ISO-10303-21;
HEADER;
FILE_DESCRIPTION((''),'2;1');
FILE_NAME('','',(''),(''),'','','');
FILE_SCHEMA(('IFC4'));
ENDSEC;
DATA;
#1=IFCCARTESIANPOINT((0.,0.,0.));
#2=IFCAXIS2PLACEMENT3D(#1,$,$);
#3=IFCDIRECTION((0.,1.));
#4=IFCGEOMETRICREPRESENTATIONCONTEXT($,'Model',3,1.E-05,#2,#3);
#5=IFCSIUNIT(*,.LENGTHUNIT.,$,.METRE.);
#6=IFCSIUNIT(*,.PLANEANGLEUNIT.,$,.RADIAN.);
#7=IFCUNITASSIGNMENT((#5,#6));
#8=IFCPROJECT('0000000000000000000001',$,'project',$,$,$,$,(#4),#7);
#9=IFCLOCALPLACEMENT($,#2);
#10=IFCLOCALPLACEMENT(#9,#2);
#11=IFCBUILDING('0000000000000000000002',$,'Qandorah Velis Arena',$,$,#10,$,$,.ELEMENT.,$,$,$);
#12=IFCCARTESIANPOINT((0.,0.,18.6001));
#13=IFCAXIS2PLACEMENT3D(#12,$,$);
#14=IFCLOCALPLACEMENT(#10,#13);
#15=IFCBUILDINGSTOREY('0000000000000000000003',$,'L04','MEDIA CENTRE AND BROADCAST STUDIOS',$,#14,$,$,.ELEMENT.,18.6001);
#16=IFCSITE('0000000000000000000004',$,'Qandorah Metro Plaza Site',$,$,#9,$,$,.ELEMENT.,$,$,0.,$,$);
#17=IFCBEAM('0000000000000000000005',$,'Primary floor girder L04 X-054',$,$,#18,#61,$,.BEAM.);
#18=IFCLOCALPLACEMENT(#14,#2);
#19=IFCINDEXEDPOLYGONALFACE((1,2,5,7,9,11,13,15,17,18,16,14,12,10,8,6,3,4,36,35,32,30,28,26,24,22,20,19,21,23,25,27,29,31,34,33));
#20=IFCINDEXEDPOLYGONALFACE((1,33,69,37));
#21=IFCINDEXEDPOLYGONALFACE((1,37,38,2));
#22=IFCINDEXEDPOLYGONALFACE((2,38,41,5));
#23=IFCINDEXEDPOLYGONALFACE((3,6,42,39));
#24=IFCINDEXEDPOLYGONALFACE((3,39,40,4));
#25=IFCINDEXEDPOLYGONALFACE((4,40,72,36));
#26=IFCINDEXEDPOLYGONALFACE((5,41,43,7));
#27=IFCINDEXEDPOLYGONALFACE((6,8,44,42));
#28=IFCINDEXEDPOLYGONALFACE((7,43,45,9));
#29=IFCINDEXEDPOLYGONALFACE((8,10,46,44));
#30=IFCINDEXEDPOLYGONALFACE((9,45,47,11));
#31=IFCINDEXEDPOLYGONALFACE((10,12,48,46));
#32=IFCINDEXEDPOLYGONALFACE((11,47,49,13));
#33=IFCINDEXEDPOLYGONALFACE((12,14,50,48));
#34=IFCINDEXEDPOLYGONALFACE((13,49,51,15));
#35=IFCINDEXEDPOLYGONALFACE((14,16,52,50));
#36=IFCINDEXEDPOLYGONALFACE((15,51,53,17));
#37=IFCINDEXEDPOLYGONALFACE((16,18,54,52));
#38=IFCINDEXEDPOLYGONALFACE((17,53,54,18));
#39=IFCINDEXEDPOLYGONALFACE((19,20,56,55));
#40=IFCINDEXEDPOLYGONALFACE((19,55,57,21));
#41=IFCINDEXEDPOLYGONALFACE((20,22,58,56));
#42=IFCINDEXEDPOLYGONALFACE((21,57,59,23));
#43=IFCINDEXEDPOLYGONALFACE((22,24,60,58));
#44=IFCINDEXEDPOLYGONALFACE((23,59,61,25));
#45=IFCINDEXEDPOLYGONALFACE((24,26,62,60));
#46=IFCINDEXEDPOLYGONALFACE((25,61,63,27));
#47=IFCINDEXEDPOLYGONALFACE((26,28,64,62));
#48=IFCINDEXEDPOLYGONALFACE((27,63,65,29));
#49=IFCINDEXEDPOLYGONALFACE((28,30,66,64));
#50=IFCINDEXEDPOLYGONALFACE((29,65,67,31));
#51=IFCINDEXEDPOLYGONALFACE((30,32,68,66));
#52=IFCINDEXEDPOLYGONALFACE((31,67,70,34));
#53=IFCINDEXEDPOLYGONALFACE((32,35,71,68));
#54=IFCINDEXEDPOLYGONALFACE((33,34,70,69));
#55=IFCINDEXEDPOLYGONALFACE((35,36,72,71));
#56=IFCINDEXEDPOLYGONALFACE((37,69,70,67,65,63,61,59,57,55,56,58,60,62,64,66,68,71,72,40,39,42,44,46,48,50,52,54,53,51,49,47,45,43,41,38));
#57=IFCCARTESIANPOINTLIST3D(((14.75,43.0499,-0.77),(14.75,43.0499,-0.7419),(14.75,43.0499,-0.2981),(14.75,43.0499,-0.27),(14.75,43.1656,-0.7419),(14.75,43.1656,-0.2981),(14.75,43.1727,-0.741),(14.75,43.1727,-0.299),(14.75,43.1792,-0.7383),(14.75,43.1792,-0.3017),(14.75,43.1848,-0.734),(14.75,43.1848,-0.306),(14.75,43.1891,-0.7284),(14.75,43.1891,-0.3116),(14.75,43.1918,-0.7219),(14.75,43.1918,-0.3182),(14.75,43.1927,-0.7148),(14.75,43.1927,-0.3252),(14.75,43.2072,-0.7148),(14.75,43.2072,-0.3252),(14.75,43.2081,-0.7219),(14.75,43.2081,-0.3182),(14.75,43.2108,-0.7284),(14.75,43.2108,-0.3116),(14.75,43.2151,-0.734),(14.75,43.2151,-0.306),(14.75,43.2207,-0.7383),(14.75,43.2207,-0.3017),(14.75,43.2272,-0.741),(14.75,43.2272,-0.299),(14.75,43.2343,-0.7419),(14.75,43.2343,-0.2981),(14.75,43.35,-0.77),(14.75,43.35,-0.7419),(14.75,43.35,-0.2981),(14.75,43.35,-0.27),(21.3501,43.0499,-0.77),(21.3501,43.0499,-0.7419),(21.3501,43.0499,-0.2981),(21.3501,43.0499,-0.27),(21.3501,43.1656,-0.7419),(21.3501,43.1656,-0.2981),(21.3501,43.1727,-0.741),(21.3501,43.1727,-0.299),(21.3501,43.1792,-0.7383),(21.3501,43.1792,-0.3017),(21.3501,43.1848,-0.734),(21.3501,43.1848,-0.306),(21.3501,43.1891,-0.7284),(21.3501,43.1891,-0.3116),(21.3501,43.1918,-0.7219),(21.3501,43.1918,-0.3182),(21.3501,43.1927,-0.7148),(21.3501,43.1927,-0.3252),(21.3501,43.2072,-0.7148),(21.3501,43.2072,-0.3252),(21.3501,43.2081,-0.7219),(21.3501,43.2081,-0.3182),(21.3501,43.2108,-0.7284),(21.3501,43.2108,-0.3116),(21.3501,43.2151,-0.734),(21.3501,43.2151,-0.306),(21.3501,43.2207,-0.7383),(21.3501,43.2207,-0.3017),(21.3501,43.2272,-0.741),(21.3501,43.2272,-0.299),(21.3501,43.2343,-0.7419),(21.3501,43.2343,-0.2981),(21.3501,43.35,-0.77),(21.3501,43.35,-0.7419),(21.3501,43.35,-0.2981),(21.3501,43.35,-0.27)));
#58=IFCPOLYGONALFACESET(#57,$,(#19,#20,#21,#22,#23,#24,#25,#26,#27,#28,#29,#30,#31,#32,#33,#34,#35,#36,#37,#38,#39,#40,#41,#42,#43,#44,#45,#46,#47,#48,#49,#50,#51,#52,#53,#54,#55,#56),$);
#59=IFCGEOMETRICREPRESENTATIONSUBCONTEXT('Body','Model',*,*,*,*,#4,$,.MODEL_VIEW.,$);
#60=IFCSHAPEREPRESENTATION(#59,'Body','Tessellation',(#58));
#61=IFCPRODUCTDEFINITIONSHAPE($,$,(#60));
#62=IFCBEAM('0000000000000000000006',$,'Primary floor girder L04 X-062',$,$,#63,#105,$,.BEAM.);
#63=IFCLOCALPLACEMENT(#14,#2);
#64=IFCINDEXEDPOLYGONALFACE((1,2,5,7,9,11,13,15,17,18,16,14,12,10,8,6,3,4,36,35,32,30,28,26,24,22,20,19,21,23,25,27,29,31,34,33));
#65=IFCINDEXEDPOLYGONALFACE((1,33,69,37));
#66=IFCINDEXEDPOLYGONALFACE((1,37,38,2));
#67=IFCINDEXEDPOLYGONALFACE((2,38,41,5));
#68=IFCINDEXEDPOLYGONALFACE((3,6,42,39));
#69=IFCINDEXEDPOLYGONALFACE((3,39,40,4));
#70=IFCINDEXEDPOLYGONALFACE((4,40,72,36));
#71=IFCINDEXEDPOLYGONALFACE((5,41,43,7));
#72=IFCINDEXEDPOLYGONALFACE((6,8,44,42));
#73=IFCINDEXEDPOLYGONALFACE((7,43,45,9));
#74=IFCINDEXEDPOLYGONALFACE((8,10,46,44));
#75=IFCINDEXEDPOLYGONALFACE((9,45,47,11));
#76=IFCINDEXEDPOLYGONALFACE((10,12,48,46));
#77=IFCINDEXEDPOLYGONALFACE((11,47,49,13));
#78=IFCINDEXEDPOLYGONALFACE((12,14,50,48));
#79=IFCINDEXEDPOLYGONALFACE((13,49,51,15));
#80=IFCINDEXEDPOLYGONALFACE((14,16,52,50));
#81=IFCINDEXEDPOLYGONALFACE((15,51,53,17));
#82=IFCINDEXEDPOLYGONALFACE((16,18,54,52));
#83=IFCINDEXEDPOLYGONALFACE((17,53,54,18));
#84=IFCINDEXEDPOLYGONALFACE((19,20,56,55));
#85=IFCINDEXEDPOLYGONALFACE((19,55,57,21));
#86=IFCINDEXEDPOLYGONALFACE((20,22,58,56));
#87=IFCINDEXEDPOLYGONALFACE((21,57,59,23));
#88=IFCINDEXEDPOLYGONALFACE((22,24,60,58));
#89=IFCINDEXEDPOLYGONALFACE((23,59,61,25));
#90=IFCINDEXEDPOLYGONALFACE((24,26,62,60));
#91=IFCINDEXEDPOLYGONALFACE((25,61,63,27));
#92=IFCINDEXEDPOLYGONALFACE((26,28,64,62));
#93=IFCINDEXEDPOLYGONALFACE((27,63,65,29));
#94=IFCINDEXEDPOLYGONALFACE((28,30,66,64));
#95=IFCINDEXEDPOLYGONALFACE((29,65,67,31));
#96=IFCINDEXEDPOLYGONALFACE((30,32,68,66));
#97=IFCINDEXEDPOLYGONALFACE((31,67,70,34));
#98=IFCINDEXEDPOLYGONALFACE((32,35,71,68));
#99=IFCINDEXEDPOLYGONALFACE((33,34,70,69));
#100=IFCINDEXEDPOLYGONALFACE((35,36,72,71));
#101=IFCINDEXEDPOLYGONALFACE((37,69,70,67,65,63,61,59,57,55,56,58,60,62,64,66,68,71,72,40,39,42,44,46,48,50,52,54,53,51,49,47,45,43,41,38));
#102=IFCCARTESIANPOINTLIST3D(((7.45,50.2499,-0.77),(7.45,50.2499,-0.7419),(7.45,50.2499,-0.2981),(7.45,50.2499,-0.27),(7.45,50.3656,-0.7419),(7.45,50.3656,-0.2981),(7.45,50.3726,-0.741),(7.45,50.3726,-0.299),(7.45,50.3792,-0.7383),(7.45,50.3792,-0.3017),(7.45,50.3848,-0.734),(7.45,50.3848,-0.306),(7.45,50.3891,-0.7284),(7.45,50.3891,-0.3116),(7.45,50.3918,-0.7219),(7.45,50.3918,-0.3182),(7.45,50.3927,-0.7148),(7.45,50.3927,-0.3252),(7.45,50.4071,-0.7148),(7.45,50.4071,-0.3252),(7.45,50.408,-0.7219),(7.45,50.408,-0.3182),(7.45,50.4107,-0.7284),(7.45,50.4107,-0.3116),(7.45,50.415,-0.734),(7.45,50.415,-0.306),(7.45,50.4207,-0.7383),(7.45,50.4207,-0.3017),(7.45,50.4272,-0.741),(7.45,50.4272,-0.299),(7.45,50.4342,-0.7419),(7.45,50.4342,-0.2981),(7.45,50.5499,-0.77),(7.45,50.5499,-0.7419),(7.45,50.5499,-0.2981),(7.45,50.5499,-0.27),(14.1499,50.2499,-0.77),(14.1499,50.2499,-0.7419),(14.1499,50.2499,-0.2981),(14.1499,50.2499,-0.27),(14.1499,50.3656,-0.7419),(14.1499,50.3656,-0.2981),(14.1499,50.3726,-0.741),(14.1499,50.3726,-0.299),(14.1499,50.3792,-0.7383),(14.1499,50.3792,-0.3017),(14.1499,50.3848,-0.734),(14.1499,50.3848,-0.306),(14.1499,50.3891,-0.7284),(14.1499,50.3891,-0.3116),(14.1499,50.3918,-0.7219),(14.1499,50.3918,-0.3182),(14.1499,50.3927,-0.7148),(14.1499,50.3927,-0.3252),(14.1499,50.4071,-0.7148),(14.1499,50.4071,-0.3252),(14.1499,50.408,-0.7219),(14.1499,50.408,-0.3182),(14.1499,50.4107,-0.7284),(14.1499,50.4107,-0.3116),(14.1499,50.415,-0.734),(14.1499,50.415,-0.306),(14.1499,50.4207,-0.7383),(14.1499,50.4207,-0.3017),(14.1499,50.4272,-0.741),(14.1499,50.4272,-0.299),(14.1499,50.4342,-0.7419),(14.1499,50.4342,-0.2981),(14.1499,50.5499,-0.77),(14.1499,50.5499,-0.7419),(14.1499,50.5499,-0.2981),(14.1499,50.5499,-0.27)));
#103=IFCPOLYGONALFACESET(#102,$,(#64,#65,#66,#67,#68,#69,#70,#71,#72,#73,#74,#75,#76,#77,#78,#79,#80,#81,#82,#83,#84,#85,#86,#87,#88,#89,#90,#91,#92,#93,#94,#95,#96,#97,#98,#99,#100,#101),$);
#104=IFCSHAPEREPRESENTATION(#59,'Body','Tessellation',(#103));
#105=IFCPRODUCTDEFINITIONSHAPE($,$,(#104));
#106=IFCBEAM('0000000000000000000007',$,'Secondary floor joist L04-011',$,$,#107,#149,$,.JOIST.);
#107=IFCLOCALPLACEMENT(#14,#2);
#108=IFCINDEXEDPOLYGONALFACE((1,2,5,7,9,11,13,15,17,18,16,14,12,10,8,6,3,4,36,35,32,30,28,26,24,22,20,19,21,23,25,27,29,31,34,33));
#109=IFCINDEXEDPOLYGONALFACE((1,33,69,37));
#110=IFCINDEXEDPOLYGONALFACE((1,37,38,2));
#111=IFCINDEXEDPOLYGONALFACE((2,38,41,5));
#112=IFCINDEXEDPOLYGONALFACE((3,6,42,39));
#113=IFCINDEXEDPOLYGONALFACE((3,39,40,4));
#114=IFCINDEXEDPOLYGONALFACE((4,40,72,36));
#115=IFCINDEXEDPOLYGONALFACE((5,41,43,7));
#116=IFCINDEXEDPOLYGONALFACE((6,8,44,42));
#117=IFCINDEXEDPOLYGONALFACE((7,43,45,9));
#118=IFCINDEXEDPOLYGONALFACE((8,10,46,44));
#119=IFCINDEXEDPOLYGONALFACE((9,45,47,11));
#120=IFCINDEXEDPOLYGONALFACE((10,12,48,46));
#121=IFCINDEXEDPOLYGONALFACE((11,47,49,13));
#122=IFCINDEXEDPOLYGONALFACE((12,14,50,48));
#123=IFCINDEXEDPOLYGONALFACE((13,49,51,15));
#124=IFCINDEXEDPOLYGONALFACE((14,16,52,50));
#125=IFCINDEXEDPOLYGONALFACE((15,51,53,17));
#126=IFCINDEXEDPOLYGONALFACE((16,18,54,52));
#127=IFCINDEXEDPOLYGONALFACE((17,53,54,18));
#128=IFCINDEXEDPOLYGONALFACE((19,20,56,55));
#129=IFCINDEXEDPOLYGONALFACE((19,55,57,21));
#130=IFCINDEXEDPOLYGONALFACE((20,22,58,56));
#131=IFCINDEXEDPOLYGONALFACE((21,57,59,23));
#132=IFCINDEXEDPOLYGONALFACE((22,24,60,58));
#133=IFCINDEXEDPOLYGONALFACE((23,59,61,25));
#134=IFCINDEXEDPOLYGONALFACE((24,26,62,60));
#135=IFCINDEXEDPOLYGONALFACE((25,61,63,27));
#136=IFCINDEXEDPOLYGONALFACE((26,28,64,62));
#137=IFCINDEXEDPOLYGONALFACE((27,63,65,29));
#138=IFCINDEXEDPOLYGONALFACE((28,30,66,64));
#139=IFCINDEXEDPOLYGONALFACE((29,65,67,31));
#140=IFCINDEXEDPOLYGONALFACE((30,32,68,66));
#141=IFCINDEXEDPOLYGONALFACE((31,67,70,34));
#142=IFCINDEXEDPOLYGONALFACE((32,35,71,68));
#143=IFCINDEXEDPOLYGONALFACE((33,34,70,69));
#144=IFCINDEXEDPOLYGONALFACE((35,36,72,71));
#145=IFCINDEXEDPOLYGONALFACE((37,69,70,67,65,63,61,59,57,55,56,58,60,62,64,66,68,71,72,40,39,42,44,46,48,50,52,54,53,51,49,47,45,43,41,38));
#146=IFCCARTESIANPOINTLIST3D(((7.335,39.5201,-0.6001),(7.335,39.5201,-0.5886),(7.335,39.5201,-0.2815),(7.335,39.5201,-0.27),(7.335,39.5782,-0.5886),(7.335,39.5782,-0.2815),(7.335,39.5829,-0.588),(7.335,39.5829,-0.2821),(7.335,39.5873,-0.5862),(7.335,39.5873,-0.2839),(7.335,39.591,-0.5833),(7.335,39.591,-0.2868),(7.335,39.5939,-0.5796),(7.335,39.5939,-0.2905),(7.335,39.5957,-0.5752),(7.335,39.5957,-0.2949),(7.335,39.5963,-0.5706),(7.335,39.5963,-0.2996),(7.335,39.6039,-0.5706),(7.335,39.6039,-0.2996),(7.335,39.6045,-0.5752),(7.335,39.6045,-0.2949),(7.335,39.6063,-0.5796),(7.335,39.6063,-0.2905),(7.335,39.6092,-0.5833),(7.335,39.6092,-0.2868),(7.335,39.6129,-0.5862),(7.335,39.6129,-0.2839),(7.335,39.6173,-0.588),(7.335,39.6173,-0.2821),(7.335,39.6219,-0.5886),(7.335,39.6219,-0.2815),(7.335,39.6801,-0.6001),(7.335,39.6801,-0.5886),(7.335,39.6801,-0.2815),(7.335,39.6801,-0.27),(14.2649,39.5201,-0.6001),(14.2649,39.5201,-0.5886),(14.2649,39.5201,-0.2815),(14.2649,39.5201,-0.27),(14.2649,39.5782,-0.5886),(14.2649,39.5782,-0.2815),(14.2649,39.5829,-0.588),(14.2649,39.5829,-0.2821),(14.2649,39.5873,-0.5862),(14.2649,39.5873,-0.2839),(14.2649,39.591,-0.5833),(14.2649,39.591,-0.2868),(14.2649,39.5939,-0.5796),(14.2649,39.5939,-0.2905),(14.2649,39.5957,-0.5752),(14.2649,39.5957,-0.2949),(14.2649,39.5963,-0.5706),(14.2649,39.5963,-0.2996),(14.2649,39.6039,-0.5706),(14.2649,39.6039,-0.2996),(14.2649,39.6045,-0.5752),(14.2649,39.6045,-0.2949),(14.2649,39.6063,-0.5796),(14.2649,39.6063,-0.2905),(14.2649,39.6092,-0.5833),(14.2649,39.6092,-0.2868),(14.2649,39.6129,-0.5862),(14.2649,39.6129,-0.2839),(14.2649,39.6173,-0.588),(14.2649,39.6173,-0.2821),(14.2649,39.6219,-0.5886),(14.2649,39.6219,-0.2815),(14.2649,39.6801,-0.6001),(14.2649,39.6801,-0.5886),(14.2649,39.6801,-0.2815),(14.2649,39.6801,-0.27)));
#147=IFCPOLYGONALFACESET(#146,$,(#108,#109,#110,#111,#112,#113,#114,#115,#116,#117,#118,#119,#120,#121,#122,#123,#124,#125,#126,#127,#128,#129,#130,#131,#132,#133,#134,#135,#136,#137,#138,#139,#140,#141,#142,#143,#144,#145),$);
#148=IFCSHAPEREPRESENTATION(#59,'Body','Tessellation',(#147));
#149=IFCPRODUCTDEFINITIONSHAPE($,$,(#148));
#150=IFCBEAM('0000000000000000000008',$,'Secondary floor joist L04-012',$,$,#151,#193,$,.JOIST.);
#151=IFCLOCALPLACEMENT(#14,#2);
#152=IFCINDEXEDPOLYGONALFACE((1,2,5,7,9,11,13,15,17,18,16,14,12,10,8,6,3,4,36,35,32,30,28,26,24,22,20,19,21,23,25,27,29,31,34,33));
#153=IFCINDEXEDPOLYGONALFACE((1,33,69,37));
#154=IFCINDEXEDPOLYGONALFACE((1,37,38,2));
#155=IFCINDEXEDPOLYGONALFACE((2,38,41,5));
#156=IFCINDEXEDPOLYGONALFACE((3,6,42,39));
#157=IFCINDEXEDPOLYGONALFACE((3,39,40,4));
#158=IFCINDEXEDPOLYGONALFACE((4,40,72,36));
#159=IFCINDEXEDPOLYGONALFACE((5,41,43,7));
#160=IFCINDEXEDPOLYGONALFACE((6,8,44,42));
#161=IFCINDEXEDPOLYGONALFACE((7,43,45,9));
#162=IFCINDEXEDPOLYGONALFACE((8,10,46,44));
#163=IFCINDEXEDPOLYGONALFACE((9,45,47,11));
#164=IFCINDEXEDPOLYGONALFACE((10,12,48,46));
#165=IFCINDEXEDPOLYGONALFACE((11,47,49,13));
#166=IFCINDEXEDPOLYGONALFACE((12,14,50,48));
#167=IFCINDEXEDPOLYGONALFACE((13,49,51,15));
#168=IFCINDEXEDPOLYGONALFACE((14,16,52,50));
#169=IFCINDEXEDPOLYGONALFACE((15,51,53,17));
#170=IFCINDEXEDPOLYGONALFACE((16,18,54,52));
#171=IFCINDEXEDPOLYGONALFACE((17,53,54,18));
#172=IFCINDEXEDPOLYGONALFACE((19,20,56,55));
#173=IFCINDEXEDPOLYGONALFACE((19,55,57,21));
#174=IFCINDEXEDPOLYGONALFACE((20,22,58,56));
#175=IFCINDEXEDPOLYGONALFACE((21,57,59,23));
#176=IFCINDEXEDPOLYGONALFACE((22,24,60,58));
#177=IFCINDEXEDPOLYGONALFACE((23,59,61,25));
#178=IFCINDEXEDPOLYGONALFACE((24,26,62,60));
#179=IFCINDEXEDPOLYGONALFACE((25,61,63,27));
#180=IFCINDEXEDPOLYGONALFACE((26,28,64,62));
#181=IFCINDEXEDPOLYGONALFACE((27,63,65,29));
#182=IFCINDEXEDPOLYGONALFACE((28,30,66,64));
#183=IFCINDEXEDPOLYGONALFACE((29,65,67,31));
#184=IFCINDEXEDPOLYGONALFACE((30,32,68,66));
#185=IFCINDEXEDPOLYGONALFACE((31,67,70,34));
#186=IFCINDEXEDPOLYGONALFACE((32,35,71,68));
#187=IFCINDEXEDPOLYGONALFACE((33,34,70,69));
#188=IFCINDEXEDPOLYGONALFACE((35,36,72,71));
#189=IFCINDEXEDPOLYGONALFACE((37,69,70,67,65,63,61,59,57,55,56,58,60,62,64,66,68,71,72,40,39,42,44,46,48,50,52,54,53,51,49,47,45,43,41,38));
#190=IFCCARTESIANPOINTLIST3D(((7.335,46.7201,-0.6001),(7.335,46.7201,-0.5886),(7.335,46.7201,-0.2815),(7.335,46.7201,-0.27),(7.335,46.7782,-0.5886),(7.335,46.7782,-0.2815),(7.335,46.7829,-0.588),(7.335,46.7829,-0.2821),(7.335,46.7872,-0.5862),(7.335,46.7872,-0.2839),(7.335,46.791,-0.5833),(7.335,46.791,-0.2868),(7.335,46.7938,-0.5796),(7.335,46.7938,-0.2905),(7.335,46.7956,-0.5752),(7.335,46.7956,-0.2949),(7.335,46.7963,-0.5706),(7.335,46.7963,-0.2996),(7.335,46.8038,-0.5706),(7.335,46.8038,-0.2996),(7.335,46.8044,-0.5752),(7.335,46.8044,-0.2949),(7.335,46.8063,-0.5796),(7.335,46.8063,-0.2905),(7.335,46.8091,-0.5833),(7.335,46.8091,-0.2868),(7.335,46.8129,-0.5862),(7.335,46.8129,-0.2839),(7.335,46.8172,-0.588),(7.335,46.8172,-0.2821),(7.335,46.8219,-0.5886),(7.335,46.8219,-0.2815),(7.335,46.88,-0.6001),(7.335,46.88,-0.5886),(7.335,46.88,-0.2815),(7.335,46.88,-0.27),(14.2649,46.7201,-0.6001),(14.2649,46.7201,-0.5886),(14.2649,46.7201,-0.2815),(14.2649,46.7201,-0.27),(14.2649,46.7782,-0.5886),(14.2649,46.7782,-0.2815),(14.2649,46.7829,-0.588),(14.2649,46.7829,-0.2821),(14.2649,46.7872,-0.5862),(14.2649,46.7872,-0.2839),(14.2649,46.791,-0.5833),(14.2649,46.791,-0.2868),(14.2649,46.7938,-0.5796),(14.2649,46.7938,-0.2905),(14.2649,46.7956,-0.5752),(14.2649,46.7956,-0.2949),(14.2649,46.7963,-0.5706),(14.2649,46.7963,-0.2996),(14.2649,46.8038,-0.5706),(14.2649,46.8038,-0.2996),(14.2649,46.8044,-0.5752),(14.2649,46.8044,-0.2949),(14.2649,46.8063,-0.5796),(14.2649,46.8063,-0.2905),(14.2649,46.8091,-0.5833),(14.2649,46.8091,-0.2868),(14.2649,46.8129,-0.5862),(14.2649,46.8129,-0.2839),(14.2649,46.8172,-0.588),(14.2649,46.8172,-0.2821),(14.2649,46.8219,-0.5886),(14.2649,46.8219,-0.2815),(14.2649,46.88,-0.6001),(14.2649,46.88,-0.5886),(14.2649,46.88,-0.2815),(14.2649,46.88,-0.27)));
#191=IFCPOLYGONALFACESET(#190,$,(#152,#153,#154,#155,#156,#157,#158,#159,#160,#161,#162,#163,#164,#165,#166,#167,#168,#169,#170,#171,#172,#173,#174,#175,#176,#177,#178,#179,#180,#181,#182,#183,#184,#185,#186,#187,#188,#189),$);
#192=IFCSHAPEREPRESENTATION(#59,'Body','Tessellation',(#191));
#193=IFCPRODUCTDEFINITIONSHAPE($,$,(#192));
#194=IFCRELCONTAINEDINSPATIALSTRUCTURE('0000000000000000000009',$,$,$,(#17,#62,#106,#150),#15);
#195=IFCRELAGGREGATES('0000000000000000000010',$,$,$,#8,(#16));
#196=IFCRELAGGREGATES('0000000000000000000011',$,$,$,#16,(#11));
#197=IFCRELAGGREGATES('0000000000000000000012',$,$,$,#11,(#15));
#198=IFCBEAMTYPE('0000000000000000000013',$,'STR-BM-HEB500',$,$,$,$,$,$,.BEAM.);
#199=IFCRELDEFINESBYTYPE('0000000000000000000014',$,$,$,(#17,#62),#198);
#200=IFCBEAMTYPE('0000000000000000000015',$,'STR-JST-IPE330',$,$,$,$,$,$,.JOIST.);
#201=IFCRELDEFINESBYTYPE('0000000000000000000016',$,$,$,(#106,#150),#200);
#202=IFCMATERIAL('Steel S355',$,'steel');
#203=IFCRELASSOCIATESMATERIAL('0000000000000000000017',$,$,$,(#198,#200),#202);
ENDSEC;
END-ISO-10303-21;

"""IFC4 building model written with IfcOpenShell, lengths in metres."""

from ifc_helpers import new_model, si_unit, direction, frame, origin, origin_2d, place, context, subcontext, project, spatial, i_section, extrude, material, material_profile, profile_set, type_object, element, save


model = new_model("IFC4")

# Units and contexts
model_context = context("Model", 3, precision=1e-05, world=origin(), true_north=direction((0.0, 1.0)))
body_context = subcontext(model_context, "Body", "Model", "MODEL_VIEW")
ifc_project = project(units=[si_unit("LENGTHUNIT", "METRE"), si_unit("PLANEANGLEUNIT", "RADIAN")], contexts=[model_context])

# Site, building, storey
site_placement = place(None, origin())
site = spatial("IfcSite", under=ifc_project, at=site_placement, Name="Qandorah Metro Plaza Site", CompositionType="ELEMENT", RefElevation=0.0)
building_placement = place(site_placement, origin())
building = spatial("IfcBuilding", under=site, at=building_placement, Name="Qandorah Velis Arena", CompositionType="ELEMENT")
storey_placement = place(building_placement, frame((0.0, 0.0, 18.6001)))
storey = spatial("IfcBuildingStorey", under=building, at=storey_placement, Name="L04", Description="MEDIA CENTRE AND BROADCAST STUDIOS", CompositionType="ELEMENT", Elevation=18.6001)

# Shared definitions
ifc_material_1 = material(Name="Steel S355", Category="steel")

# Beams
ifc_material_profile_1 = material_profile(ifc_material_1, i_section(OverallWidth=0.3, OverallDepth=0.5, WebThickness=0.0144, FlangeThickness=0.0281, FilletRadius=0.0271, at=origin_2d()), Name="HEB 500")
ifc_profile_set_1 = profile_set([ifc_material_profile_1], Name="Steel S355")
beam_type_1 = type_object("IfcBeamType", Name="STR-BM-HEB500", PredefinedType="BEAM", material=ifc_profile_set_1)
beam_1_placement = place(storey_placement, frame((14.75, 43.2, -0.52), z_axis=(1.0, 0.0, 0.0), x_axis=(0.0, 1.0, 0.0)))
element("IfcBeam", 1, at=beam_1_placement, inside=storey, type_object=beam_type_1, Name="Primary floor girder L04 X-054", PredefinedType="BEAM", context=body_context, shape_type="SweptSolid", body=[
    extrude(i_section(OverallWidth=0.3, OverallDepth=0.5, WebThickness=0.0144, FlangeThickness=0.0281, FilletRadius=0.0271, at=origin_2d()), origin(), (0.0, 0.0, 1.0), 6.6001),
])
beam_2_placement = place(storey_placement, frame((7.45, 50.3999, -0.52), z_axis=(1.0, 0.0, 0.0), x_axis=(0.0, 1.0, 0.0)))
element("IfcBeam", 2, at=beam_2_placement, inside=storey, type_object=beam_type_1, Name="Primary floor girder L04 X-062", PredefinedType="BEAM", context=body_context, shape_type="SweptSolid", body=[
    extrude(i_section(OverallWidth=0.3, OverallDepth=0.5, WebThickness=0.0144, FlangeThickness=0.0281, FilletRadius=0.0271, at=origin_2d()), origin(), (0.0, 0.0, 1.0), 6.7),
])
ifc_material_profile_2 = material_profile(ifc_material_1, i_section(OverallWidth=0.1599, OverallDepth=0.3301, WebThickness=0.0076, FlangeThickness=0.0115, FilletRadius=0.0181, at=origin_2d()), Name="IPE 330")
ifc_profile_set_2 = profile_set([ifc_material_profile_2], Name="Steel S355")
beam_type_2 = type_object("IfcBeamType", Name="STR-JST-IPE330", PredefinedType="JOIST", material=ifc_profile_set_2)
for number, where, z_axis, x_axis, name in (
    (3, (7.335, 39.6001, -0.4351), (1.0, 0.0, 0.0), (0.0, 1.0, 0.0), "Secondary floor joist L04-011"),
    (4, (7.335, 46.8, -0.4351), (1.0, 0.0, 0.0), (0.0, 1.0, 0.0), "Secondary floor joist L04-012"),
):
    element("IfcBeam", number, at=place(storey_placement, frame(where, z_axis=z_axis, x_axis=x_axis)), inside=storey, type_object=beam_type_2, Name=name, PredefinedType="JOIST", context=body_context, shape_type="SweptSolid", body=[
        extrude(i_section(OverallWidth=0.1599, OverallDepth=0.3301, WebThickness=0.0076, FlangeThickness=0.0115, FilletRadius=0.0181, at=origin_2d()), origin(), (0.0, 0.0, 1.0), 6.9299),
    ])

save(model, "model.ifc")
